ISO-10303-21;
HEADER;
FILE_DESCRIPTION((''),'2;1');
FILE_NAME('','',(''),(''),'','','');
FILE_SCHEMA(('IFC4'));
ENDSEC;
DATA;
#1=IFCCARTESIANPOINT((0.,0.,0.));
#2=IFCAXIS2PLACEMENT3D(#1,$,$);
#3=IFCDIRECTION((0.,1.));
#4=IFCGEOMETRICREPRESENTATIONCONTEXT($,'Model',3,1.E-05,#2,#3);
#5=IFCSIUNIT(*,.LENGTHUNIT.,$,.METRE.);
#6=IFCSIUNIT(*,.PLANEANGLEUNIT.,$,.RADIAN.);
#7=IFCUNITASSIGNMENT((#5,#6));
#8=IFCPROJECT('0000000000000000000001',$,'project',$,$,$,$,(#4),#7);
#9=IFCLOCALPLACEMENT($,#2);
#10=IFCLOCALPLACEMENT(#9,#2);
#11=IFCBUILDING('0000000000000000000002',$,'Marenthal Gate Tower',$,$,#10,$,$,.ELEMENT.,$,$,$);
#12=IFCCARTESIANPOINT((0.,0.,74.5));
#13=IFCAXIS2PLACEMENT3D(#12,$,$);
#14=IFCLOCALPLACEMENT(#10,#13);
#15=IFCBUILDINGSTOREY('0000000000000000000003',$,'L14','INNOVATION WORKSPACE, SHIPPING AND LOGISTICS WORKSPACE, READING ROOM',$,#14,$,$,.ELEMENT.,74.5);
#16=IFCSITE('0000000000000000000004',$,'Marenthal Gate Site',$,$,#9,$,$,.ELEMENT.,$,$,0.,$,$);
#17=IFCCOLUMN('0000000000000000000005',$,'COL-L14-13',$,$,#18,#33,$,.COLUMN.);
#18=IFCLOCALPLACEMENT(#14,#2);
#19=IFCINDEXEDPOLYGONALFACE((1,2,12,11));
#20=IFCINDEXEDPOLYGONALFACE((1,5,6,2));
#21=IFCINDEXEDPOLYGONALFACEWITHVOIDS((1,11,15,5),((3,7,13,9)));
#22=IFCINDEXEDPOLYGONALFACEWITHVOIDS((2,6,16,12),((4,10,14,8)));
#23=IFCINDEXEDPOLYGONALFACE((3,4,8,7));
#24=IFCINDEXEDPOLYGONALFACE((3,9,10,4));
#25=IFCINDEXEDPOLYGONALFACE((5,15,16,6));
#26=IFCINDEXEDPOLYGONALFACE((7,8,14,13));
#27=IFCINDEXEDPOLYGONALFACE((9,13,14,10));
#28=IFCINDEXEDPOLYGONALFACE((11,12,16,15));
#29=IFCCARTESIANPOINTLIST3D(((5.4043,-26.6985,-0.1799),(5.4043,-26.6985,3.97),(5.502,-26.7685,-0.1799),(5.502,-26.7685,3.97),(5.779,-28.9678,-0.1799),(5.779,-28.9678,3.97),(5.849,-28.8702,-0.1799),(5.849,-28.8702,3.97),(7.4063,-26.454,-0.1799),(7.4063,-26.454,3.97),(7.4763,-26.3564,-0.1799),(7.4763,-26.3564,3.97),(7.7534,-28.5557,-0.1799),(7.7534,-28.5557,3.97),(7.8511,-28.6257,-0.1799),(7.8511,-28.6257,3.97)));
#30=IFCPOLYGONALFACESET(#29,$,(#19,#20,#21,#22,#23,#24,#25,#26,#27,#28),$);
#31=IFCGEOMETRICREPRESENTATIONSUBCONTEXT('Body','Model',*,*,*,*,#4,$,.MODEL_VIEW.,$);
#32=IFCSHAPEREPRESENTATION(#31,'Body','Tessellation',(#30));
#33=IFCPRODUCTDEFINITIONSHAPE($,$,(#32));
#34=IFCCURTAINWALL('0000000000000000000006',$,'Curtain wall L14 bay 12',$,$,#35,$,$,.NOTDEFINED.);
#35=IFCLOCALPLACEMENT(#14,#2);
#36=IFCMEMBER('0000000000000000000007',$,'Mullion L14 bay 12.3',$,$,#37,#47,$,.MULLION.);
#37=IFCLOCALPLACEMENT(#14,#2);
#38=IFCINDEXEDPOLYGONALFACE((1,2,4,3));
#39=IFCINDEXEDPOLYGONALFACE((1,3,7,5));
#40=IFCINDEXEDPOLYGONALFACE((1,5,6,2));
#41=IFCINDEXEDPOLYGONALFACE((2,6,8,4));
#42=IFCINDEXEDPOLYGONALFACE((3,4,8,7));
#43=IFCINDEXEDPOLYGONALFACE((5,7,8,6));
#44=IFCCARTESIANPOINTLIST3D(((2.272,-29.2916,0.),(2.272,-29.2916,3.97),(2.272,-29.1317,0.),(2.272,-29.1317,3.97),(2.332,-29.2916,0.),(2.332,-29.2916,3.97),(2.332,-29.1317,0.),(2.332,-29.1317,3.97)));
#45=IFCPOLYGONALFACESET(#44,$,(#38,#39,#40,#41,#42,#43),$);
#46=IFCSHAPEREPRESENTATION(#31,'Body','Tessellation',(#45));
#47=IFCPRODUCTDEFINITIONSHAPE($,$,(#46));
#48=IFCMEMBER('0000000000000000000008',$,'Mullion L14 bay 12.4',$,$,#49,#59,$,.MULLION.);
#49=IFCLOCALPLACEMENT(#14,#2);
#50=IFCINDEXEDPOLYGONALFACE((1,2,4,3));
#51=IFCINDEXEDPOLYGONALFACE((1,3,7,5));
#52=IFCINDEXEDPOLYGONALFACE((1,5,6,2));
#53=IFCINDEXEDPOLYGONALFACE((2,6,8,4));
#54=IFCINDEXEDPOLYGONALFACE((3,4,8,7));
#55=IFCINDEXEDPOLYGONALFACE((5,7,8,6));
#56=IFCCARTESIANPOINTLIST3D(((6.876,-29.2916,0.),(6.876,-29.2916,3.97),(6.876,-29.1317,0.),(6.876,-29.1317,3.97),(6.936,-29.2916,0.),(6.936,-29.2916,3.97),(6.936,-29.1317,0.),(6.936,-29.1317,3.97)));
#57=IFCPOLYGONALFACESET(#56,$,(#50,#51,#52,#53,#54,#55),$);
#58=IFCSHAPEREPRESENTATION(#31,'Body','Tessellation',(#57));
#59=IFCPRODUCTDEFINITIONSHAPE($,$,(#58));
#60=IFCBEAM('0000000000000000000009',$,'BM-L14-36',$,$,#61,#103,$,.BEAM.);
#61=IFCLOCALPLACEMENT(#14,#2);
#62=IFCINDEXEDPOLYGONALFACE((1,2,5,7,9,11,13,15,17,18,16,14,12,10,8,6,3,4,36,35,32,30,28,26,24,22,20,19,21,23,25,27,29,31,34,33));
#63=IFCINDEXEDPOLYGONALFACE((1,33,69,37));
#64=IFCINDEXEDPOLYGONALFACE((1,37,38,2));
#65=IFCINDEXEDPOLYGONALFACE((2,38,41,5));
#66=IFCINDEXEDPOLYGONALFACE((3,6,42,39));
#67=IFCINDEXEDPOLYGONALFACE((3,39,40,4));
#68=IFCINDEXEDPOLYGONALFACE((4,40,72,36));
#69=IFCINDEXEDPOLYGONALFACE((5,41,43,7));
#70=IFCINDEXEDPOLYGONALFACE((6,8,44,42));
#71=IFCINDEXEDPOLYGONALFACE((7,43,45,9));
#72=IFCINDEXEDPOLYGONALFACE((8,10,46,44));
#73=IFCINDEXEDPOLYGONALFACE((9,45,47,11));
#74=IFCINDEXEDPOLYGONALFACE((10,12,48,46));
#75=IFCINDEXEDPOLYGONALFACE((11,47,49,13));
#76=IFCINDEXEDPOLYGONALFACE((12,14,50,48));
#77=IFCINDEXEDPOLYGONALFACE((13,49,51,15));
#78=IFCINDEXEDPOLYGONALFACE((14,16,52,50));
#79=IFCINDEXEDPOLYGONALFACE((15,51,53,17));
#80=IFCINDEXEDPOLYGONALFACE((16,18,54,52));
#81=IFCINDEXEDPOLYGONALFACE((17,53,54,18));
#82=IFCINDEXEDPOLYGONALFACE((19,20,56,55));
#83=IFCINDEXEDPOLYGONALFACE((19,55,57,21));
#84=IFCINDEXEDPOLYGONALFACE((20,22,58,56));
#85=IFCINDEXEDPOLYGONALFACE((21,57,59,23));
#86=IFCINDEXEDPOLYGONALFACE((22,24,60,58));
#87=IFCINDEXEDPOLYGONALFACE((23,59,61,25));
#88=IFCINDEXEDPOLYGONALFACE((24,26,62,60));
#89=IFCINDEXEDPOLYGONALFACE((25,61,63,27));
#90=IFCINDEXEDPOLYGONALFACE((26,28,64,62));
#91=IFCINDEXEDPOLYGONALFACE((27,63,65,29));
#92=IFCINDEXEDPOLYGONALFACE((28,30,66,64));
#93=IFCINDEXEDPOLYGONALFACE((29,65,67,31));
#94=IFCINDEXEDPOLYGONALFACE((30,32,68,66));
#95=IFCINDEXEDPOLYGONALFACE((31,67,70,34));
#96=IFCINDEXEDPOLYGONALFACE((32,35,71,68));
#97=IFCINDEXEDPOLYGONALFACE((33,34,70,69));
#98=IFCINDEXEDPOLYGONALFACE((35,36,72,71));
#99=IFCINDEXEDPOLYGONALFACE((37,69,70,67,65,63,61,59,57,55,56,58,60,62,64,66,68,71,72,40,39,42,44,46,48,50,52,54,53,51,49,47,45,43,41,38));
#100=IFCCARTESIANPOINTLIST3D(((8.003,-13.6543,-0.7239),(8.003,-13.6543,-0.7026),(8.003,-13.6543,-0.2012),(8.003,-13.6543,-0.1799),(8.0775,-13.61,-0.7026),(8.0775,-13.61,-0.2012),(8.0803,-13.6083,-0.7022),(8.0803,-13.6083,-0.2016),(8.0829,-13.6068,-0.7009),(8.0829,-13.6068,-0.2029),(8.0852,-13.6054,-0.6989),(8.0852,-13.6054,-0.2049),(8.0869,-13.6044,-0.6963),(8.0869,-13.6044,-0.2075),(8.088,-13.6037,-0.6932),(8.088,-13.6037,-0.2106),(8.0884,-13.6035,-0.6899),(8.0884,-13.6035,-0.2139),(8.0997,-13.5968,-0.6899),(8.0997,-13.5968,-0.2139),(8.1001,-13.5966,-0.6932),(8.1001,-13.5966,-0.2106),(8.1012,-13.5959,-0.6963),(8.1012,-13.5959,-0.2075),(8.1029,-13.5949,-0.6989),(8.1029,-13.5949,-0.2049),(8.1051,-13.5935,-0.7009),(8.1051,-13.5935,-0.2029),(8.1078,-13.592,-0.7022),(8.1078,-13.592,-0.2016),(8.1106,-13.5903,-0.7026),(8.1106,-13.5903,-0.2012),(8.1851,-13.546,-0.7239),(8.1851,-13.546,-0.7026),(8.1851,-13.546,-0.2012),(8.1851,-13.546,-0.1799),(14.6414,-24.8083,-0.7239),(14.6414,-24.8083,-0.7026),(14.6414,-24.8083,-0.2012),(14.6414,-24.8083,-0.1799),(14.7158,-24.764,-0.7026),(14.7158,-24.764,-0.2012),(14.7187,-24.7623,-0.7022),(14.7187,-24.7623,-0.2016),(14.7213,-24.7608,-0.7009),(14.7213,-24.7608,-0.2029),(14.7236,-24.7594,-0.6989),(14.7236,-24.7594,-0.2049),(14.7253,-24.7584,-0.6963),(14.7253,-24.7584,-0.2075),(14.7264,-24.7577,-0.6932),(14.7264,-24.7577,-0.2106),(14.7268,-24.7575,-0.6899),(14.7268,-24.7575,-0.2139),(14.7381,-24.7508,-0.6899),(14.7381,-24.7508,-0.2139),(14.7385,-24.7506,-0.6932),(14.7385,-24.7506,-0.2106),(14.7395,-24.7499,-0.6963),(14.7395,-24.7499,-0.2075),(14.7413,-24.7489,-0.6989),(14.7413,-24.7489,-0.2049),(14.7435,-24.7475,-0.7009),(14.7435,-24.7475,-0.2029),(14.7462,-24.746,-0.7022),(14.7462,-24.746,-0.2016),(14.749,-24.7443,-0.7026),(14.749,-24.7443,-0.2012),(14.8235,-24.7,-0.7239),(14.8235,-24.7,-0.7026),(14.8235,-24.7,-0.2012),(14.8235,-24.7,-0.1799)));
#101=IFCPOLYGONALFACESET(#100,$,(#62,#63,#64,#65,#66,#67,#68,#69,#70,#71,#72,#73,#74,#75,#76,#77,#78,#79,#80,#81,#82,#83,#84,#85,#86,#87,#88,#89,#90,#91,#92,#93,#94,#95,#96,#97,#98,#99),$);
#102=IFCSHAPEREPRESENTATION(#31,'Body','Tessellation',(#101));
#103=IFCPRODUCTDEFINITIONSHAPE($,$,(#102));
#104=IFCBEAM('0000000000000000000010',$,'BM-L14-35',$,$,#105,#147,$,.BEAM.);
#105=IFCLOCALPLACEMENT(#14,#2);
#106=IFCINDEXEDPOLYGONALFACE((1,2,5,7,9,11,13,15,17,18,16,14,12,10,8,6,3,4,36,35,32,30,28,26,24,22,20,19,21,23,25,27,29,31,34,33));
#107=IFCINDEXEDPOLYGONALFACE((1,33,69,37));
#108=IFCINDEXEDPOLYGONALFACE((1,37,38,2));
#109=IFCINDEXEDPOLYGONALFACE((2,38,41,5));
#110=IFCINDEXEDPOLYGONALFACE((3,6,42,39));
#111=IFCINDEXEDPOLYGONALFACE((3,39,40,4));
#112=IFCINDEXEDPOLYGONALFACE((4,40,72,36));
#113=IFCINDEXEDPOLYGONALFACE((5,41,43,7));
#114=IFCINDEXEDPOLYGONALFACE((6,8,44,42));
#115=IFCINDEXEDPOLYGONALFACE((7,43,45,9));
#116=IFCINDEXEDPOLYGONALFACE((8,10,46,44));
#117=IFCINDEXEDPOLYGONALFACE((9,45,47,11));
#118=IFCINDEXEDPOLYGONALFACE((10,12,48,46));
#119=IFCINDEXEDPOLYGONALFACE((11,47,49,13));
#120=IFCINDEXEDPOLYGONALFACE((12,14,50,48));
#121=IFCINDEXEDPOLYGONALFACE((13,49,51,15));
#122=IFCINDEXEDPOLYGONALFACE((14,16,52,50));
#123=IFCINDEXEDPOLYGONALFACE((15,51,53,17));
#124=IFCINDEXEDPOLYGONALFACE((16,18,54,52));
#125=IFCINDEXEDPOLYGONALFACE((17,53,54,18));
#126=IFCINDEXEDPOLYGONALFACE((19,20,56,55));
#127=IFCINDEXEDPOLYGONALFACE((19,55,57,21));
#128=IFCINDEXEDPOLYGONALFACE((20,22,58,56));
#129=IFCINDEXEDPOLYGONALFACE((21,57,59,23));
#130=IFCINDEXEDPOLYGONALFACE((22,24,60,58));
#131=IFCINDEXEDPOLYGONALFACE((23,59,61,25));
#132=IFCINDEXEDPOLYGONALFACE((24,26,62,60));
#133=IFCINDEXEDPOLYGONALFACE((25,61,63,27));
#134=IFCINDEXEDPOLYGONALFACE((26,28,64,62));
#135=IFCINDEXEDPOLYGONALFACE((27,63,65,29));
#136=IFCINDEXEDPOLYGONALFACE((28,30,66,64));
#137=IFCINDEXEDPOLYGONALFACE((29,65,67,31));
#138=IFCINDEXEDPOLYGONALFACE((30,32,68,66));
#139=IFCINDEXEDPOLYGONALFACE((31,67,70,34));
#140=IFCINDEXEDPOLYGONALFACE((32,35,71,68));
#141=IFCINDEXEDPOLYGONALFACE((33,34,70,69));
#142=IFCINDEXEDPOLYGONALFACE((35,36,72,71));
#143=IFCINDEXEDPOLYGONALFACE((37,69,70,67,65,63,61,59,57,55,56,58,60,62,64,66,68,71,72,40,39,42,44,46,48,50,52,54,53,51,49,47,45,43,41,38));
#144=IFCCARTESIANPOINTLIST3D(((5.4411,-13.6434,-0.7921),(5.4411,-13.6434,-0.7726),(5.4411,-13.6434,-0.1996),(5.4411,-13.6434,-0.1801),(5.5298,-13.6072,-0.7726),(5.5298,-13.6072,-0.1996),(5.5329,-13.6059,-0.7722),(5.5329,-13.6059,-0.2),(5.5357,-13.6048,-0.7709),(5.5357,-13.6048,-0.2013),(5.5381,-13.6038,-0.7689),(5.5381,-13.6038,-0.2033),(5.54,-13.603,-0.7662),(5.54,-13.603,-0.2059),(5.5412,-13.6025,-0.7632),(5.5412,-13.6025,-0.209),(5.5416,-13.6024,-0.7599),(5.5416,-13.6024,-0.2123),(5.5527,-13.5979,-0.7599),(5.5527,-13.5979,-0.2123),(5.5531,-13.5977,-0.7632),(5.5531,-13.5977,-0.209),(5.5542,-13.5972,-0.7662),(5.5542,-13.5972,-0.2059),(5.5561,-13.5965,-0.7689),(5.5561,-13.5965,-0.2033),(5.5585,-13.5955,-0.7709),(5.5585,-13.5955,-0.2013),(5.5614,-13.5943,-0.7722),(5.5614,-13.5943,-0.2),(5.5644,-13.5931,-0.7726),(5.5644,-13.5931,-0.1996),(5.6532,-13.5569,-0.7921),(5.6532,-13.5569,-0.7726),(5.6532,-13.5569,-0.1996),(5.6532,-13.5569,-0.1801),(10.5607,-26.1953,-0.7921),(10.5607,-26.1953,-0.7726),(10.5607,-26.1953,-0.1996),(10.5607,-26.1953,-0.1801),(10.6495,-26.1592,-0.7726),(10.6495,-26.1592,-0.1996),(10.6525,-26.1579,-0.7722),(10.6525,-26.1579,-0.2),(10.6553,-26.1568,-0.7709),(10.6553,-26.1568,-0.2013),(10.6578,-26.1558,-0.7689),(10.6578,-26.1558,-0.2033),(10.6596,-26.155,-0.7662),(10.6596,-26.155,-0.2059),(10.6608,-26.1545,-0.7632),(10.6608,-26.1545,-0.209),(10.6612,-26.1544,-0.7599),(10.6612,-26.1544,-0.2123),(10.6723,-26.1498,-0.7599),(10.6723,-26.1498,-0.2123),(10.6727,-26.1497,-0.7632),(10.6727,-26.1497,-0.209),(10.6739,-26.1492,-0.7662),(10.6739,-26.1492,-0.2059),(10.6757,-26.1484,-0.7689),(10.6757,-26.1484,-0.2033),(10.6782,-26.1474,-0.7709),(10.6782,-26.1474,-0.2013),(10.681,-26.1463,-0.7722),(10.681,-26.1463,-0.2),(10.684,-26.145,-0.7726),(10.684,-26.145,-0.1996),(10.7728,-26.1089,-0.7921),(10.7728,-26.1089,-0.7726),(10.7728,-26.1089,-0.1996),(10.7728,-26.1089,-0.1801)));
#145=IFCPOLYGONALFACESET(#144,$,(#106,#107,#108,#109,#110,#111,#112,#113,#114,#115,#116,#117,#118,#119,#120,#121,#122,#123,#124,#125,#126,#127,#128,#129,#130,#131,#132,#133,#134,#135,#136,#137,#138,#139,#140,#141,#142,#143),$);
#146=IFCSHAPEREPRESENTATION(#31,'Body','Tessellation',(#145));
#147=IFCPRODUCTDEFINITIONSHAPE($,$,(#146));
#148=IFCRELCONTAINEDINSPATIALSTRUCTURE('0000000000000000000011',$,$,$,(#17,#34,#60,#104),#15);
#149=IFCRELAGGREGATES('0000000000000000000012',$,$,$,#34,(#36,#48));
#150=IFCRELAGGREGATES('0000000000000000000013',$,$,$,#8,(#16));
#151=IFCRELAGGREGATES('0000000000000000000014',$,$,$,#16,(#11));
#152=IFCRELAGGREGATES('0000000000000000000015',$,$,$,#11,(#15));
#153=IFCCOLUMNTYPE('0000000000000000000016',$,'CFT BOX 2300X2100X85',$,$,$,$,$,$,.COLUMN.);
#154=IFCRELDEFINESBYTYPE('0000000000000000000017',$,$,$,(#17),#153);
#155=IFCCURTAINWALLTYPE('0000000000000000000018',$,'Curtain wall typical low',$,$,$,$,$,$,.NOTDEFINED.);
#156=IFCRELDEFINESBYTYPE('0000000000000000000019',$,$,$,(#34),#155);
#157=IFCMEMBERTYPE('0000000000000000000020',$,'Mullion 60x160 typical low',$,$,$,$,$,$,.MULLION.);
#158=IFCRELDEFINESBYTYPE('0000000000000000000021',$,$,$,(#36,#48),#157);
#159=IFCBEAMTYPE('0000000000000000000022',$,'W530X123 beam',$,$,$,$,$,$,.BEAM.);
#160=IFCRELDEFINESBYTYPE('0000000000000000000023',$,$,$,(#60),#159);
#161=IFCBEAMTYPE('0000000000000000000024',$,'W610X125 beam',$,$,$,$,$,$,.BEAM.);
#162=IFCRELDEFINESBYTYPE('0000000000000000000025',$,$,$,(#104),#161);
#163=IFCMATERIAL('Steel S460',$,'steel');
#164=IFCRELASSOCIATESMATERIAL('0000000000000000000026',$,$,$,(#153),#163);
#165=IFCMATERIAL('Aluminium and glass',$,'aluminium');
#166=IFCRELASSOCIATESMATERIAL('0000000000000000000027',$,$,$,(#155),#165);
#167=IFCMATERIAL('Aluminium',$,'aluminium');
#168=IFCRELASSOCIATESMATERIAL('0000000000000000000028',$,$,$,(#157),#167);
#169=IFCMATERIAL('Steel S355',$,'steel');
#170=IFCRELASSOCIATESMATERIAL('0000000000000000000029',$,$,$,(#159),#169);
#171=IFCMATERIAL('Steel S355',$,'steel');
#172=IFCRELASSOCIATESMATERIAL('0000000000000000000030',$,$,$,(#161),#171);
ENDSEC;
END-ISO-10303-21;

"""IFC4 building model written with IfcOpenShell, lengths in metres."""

from ifc_helpers import new_model, si_unit, direction, frame, origin, origin_2d, place, context, subcontext, project, spatial, rectangle, hollow_rectangle, i_section, extrude, material, material_profile, profile_set, type_object, element, aggregate, save


model = new_model("IFC4")

# Units and contexts
model_context = context("Model", 3, precision=1e-05, world=origin(), true_north=direction((0.0, 1.0)))
body_context = subcontext(model_context, "Body", "Model", "MODEL_VIEW")
ifc_project = project(units=[si_unit("LENGTHUNIT", "METRE"), si_unit("PLANEANGLEUNIT", "RADIAN")], contexts=[model_context])

# Site, building, storey
site_placement = place(None, origin())
site = spatial("IfcSite", under=ifc_project, at=site_placement, Name="Marenthal Gate Site", CompositionType="ELEMENT", RefElevation=0.0)
building_placement = place(site_placement, origin())
building = spatial("IfcBuilding", under=site, at=building_placement, Name="Marenthal Gate Tower", CompositionType="ELEMENT")
storey_placement = place(building_placement, frame((0.0, 0.0, 74.5)))
storey = spatial("IfcBuildingStorey", under=building, at=storey_placement, Name="L14", Description="INNOVATION WORKSPACE, SHIPPING AND LOGISTICS WORKSPACE, READING ROOM", CompositionType="ELEMENT", Elevation=74.5)

# Column
ifc_material_1 = material(Name="Steel S460", Category="steel")
ifc_material_profile_1 = material_profile(ifc_material_1, hollow_rectangle(XDim=2.1001, YDim=2.3, WallThickness=0.085, at=origin_2d()), Name="CFT BOX 2300X2100X85")
ifc_material_2 = material(Name="Concrete 70 MPa", Category="concrete")
ifc_material_profile_2 = material_profile(ifc_material_2, rectangle(XDim=1.9299, YDim=2.1299, at=origin_2d()), Name="CFT BOX 2300X2100X85 INFILL")
ifc_profile_set_1 = profile_set([ifc_material_profile_1, ifc_material_profile_2], Name="Steel S460 shell, Concrete 70 MPa infill")
column_type = type_object("IfcColumnType", Name="CFT BOX 2300X2100X85", PredefinedType="COLUMN", material=ifc_profile_set_1)
column_placement = place(storey_placement, frame((6.6277, -27.6621, -0.1799), z_axis=(0.0, 0.0, 1.0), x_axis=(-0.986638, -0.162928, 0.0)))
element("IfcColumn", 1, at=column_placement, inside=storey, type_object=column_type, Name="COL-L14-13", PredefinedType="COLUMN", context=body_context, shape_type="SweptSolid", body=[
    extrude(hollow_rectangle(XDim=2.1001, YDim=2.3, WallThickness=0.085, at=origin_2d()), origin(), (0.0, 0.0, 1.0), 4.1499),
])

# Curtain wall, members
ifc_material_3 = material(Name="Aluminium and glass", Category="aluminium")
curtain_wall_type = type_object("IfcCurtainWallType", Name="Curtain wall typical low", PredefinedType="NOTDEFINED", material=ifc_material_3)
curtain_wall_placement = place(storey_placement, origin())
curtain_wall = element("IfcCurtainWall", 2, at=curtain_wall_placement, inside=storey, type_object=curtain_wall_type, Name="Curtain wall L14 bay 12", PredefinedType="NOTDEFINED")
ifc_material_4 = material(Name="Aluminium", Category="aluminium")
ifc_material_profile_3 = material_profile(ifc_material_4, rectangle(XDim=0.1599, YDim=0.0601, at=origin_2d()), Name="60x160 aluminium mullion")
ifc_profile_set_2 = profile_set([ifc_material_profile_3], Name="Aluminium")
member_type = type_object("IfcMemberType", Name="Mullion 60x160 typical low", PredefinedType="MULLION", material=ifc_profile_set_2)
member_1_placement = place(storey_placement, frame((2.302, -29.2117, 0.0), z_axis=(0.0, 0.0, 1.0), x_axis=(0.0, 1.0, 0.0)))
member_1 = element("IfcMember", 3, at=member_1_placement, type_object=member_type, Name="Mullion L14 bay 12.3", PredefinedType="MULLION", context=body_context, shape_type="SweptSolid", body=[
    extrude(rectangle(XDim=0.1599, YDim=0.0601, at=origin_2d()), origin(), (0.0, 0.0, 1.0), 3.97),
])
member_2_placement = place(storey_placement, frame((6.906, -29.2117, 0.0), z_axis=(0.0, 0.0, 1.0), x_axis=(0.0, 1.0, 0.0)))
member_2 = element("IfcMember", 4, at=member_2_placement, type_object=member_type, Name="Mullion L14 bay 12.4", PredefinedType="MULLION", context=body_context, shape_type="SweptSolid", body=[
    extrude(rectangle(XDim=0.1599, YDim=0.0601, at=origin_2d()), origin(), (0.0, 0.0, 1.0), 3.97),
])

# Beams
ifc_material_5 = material(Name="Steel S355", Category="steel")
ifc_material_profile_4 = material_profile(ifc_material_5, i_section(OverallWidth=0.2119, OverallDepth=0.5439, WebThickness=0.0132, FlangeThickness=0.0212, FilletRadius=0.0127, at=origin_2d()), Name="W530X123")
ifc_profile_set_3 = profile_set([ifc_material_profile_4], Name="Steel S355")
beam_type_1 = type_object("IfcBeamType", Name="W530X123 beam", PredefinedType="BEAM", material=ifc_profile_set_3)
beam_1_placement = place(storey_placement, frame((14.7324, -24.7542, -0.4519), z_axis=(-0.511433, 0.859323, 0.0), x_axis=(-0.859323, -0.511433, 0.0)))
element("IfcBeam", 5, at=beam_1_placement, inside=storey, type_object=beam_type_1, Name="BM-L14-36", PredefinedType="BEAM", context=body_context, shape_type="SweptSolid", body=[
    extrude(i_section(OverallWidth=0.2119, OverallDepth=0.5439, WebThickness=0.0132, FlangeThickness=0.0212, FilletRadius=0.0127, at=origin_2d()), origin(), (0.0, 0.0, 1.0), 12.98),
])
ifc_material_6 = material(Name="Steel S355", Category="steel")
ifc_material_profile_5 = material_profile(ifc_material_6, i_section(OverallWidth=0.229, OverallDepth=0.6121, WebThickness=0.012, FlangeThickness=0.0195, FilletRadius=0.0127, at=origin_2d()), Name="W610X125")
ifc_profile_set_4 = profile_set([ifc_material_profile_5], Name="Steel S355")
beam_type_2 = type_object("IfcBeamType", Name="W610X125 beam", PredefinedType="BEAM", material=ifc_profile_set_4)
beam_2_placement = place(storey_placement, frame((10.6667, -26.1521, -0.4861), z_axis=(-0.377667, 0.925941, 0.0), x_axis=(-0.925941, -0.377667, 0.0)))
element("IfcBeam", 6, at=beam_2_placement, inside=storey, type_object=beam_type_2, Name="BM-L14-35", PredefinedType="BEAM", context=body_context, shape_type="SweptSolid", body=[
    extrude(i_section(OverallWidth=0.229, OverallDepth=0.6121, WebThickness=0.012, FlangeThickness=0.0195, FilletRadius=0.0127, at=origin_2d()), origin(), (0.0, 0.0, 1.0), 13.5559),
])

aggregate(curtain_wall, [member_1, member_2])

save(model, "model.ifc")
